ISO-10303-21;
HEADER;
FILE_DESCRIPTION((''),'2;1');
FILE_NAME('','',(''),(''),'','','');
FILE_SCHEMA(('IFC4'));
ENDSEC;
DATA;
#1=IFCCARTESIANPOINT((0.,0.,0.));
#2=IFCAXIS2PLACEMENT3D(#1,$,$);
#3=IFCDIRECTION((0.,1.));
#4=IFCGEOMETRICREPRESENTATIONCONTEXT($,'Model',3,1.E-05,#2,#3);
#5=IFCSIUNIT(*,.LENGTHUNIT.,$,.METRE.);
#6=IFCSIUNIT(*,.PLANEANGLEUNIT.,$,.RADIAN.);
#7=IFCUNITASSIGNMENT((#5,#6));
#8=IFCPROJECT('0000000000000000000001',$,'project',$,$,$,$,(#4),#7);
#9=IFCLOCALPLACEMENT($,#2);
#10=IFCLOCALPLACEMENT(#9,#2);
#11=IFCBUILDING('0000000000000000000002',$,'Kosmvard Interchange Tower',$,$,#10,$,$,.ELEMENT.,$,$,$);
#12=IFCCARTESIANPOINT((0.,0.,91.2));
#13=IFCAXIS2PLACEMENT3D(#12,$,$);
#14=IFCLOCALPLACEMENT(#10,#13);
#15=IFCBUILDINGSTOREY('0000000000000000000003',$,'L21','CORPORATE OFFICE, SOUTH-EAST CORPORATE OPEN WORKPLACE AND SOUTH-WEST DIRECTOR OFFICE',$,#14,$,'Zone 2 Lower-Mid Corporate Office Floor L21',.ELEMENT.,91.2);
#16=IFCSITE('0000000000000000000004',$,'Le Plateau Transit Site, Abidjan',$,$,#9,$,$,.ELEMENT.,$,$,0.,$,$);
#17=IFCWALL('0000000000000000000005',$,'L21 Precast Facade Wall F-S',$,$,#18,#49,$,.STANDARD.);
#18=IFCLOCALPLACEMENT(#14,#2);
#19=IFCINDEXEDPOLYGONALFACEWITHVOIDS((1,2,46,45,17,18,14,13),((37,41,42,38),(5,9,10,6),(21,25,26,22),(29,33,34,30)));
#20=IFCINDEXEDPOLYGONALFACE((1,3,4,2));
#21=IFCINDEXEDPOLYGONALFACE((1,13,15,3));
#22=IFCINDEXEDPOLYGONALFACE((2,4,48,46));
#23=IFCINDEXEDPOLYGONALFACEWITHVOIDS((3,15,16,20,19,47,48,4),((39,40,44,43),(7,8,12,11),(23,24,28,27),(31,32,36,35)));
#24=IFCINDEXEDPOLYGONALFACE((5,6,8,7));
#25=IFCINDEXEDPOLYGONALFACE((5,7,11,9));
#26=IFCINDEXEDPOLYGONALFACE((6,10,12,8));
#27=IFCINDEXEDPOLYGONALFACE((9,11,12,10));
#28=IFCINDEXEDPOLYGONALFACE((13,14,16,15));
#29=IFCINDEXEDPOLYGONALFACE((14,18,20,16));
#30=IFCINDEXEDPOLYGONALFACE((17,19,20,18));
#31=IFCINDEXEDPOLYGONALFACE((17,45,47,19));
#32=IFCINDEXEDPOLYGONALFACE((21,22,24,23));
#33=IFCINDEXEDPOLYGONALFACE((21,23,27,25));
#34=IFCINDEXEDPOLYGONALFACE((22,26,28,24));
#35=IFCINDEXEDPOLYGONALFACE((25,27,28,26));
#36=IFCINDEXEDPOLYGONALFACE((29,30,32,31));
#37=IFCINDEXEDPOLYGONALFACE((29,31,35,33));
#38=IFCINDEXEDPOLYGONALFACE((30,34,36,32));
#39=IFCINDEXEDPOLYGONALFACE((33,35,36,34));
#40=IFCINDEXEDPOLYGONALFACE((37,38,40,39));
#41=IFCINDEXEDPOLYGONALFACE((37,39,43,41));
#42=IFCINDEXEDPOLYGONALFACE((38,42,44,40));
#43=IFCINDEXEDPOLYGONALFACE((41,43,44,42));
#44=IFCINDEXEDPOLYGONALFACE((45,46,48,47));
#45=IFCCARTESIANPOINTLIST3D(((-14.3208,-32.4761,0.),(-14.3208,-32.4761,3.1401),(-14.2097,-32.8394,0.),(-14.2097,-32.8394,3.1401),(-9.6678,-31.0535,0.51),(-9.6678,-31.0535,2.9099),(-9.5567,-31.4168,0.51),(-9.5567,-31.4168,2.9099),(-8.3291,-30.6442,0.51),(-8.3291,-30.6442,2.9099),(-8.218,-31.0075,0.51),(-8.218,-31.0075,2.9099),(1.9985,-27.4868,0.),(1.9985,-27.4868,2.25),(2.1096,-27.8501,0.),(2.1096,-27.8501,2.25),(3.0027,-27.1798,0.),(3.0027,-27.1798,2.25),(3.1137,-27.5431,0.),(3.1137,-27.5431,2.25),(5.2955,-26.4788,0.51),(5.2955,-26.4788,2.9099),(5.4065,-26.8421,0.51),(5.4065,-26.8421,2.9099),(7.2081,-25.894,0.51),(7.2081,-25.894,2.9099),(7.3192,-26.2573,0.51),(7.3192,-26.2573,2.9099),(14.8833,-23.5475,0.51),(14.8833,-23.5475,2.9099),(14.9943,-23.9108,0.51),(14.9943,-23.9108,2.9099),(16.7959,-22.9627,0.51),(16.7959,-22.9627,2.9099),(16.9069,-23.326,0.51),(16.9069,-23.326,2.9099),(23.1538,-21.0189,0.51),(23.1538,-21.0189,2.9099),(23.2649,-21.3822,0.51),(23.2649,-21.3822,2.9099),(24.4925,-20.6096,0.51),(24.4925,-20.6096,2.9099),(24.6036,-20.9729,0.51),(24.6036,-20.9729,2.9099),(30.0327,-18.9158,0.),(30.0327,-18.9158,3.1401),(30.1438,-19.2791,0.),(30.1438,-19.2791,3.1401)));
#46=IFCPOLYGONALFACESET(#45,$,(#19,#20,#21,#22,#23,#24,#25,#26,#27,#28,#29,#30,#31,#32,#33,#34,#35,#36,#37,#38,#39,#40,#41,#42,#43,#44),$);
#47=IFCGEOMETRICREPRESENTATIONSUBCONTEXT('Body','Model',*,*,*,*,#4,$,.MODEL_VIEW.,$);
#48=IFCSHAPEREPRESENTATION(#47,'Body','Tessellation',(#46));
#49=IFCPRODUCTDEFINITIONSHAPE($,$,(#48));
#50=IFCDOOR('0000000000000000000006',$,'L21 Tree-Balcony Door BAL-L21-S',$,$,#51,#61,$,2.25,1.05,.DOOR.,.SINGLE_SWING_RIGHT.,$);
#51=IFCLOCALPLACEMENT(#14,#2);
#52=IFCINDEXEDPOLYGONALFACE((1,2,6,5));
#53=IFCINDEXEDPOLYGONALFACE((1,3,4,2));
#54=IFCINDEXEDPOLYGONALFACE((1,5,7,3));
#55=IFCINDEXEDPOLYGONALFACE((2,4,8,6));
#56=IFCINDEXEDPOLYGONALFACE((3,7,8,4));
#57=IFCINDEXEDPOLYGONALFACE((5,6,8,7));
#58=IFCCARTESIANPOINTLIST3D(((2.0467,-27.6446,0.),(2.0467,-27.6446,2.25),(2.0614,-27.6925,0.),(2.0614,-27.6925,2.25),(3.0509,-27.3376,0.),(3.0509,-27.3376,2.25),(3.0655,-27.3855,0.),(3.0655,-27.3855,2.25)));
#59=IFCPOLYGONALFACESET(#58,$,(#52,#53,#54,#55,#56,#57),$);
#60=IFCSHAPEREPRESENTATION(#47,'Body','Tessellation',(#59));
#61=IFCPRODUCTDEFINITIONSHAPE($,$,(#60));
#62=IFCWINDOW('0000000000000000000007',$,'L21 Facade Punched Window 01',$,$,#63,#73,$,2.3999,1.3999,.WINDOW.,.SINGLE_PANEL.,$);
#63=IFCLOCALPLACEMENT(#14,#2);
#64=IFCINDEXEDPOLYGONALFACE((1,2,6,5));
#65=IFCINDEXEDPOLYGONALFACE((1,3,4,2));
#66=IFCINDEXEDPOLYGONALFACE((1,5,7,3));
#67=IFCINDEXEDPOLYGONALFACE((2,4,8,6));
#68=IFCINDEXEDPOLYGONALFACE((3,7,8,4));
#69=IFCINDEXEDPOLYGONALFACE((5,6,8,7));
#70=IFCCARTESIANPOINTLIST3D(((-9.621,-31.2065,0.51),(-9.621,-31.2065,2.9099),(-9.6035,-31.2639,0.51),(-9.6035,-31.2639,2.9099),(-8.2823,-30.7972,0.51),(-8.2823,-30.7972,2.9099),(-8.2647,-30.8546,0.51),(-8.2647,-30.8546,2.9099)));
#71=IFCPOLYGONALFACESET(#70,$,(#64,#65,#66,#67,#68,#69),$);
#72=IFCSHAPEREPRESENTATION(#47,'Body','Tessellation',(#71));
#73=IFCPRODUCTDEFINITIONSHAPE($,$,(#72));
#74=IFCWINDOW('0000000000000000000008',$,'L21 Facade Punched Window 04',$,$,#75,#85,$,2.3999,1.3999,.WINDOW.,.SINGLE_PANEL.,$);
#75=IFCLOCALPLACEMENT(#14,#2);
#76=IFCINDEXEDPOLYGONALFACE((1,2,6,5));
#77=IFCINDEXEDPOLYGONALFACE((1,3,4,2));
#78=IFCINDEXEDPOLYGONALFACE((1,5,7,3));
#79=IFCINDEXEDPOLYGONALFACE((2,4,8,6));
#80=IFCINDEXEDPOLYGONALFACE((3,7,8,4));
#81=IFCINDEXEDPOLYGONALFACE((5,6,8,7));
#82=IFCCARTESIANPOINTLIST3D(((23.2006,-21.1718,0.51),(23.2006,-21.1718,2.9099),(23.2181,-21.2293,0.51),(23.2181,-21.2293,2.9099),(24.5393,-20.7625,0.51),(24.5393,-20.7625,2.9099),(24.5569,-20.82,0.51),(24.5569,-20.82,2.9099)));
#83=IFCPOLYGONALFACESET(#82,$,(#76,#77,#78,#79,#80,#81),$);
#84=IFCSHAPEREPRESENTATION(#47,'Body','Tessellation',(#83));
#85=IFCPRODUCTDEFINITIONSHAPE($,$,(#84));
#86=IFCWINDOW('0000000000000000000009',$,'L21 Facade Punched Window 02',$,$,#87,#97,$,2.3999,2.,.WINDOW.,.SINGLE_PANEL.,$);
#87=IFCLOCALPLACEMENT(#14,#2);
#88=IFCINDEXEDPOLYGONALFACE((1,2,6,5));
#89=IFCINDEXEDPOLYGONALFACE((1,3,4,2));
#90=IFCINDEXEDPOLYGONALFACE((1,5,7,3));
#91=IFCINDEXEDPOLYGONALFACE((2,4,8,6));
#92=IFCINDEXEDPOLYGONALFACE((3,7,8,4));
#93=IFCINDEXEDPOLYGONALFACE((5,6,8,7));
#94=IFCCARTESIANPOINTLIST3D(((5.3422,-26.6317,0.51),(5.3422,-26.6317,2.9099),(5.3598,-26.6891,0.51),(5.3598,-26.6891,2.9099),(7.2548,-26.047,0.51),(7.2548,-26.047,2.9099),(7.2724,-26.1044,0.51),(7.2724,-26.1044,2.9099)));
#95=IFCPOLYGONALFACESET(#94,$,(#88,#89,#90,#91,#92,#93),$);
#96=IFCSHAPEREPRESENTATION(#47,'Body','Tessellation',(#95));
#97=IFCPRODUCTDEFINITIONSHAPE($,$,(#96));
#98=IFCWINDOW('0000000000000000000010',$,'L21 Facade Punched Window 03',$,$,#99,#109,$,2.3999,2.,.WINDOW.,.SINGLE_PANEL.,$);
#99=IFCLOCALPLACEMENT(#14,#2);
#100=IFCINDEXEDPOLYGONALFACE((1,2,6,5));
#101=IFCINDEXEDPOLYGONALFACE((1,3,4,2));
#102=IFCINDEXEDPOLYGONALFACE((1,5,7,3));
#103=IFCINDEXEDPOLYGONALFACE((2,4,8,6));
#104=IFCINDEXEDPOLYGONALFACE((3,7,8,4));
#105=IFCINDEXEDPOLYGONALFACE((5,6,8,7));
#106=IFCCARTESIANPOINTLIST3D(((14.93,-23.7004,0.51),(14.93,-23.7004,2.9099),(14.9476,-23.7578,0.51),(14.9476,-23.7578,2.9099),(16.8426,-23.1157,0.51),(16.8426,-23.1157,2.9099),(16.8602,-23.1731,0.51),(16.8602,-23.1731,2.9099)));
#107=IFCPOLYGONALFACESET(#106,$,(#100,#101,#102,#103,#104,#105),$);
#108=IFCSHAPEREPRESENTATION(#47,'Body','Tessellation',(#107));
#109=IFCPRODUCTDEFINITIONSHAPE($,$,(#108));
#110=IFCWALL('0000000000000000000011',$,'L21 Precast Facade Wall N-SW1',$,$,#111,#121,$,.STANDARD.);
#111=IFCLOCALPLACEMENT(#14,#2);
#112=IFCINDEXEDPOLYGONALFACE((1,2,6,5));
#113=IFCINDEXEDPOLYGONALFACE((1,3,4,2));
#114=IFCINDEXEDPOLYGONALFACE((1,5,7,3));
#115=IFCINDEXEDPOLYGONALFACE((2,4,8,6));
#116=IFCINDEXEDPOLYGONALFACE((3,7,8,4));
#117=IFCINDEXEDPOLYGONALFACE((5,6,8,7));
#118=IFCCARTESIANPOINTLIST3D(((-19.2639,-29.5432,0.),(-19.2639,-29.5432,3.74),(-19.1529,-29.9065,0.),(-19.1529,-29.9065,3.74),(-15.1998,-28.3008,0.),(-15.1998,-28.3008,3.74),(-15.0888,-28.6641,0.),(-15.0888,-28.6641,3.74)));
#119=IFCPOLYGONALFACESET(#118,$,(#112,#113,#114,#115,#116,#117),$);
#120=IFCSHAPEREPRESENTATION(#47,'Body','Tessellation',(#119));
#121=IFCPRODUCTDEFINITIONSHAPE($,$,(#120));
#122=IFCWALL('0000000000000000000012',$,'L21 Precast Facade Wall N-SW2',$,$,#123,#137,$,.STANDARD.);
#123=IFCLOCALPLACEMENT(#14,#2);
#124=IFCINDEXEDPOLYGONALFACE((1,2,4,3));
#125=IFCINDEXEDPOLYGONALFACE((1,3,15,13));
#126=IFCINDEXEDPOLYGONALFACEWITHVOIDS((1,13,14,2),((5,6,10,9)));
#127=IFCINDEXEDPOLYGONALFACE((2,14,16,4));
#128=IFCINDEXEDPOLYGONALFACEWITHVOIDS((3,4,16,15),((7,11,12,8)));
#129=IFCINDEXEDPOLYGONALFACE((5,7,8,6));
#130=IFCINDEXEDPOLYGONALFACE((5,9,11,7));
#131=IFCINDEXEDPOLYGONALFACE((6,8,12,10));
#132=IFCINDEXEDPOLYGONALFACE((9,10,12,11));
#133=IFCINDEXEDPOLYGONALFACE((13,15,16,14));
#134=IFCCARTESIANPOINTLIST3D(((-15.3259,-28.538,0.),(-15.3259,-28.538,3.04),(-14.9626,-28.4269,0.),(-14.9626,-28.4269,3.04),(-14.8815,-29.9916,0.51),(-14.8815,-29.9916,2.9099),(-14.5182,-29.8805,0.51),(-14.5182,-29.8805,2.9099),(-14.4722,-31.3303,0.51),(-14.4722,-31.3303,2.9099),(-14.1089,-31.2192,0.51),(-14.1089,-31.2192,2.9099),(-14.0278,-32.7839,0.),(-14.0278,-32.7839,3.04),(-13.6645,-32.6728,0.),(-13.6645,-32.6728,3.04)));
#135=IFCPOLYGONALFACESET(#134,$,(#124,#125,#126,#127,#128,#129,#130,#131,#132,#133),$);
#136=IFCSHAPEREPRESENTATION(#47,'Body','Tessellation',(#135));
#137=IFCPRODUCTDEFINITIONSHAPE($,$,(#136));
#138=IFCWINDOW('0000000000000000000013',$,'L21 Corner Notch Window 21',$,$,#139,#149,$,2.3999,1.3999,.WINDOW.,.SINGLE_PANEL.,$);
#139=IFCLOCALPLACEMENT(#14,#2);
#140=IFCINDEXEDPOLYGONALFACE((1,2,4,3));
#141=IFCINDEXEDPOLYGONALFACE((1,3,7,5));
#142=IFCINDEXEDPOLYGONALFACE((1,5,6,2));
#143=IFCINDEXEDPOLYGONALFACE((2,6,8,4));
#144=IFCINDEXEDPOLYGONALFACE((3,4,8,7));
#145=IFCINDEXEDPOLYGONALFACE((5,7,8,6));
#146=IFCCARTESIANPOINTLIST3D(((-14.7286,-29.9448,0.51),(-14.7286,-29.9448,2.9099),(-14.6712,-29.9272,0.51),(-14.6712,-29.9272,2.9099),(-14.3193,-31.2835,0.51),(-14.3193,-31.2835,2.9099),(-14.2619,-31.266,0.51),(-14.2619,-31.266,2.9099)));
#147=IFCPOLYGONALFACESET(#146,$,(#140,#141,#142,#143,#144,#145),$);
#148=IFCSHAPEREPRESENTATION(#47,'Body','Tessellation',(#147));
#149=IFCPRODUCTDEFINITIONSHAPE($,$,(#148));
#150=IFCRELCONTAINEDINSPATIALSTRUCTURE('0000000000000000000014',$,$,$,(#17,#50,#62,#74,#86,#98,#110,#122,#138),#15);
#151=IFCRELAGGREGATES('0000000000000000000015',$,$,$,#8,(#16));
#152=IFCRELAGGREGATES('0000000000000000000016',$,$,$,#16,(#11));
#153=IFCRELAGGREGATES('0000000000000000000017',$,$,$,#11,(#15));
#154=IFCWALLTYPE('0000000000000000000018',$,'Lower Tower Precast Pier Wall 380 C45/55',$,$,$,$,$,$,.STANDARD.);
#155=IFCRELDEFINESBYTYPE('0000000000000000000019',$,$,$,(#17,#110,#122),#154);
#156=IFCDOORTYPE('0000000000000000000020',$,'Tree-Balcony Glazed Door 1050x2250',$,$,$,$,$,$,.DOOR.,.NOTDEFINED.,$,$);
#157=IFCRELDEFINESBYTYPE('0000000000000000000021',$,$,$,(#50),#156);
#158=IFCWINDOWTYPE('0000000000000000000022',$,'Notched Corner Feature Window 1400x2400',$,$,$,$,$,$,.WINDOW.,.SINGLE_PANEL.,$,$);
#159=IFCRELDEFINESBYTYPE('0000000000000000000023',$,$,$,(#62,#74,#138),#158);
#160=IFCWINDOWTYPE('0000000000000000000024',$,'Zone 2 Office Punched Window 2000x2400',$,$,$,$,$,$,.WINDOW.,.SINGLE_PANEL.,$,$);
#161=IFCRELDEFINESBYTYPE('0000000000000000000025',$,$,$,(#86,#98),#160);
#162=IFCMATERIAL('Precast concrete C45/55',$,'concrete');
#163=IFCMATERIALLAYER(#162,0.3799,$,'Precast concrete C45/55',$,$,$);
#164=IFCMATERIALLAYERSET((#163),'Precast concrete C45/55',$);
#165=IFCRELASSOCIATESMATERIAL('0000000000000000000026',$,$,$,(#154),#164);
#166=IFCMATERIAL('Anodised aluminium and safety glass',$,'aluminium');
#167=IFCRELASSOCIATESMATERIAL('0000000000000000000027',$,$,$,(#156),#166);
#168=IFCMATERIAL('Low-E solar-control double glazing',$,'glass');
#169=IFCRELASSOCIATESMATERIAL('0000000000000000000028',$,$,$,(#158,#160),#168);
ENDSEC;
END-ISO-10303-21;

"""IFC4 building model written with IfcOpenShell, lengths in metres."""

from ifc_helpers import new_model, si_unit, direction, frame, frame_2d, origin, place, context, subcontext, project, spatial, rectangle, extrude, source, transform, mapped, material, layer, layer_set, type_object, element, fill, save


model = new_model("IFC4")

# Units and contexts
model_context = context("Model", 3, precision=1e-05, world=origin(), true_north=direction((0.0, 1.0)))
body_context = subcontext(model_context, "Body", "Model", "MODEL_VIEW")
ifc_project = project(units=[si_unit("LENGTHUNIT", "METRE"), si_unit("PLANEANGLEUNIT", "RADIAN")], contexts=[model_context])

# Site, building, storey
site_placement = place(None, origin())
site = spatial("IfcSite", under=ifc_project, at=site_placement, Name="Le Plateau Transit Site, Abidjan", CompositionType="ELEMENT", RefElevation=0.0)
building_placement = place(site_placement, origin())
building = spatial("IfcBuilding", under=site, at=building_placement, Name="Kosmvard Interchange Tower", CompositionType="ELEMENT")
storey_placement = place(building_placement, frame((0.0, 0.0, 91.2)))
storey = spatial("IfcBuildingStorey", under=building, at=storey_placement, Name="L21", Description="CORPORATE OFFICE, SOUTH-EAST CORPORATE OPEN WORKPLACE AND SOUTH-WEST DIRECTOR OFFICE", LongName="Zone 2 Lower-Mid Corporate Office Floor L21", CompositionType="ELEMENT", Elevation=91.2)

# Shared definitions
ifc_material_1 = material(Name="Precast concrete C45/55", Category="concrete")

# Wall, openings, door, windows
ifc_layer_1 = layer(ifc_material_1, 0.3799, Name="Precast concrete C45/55")
ifc_layer_set_1 = layer_set([ifc_layer_1], Name="Precast concrete C45/55")
wall_type_1 = type_object("IfcWallType", Name="Lower Tower Precast Pier Wall 380 C45/55", PredefinedType="STANDARD", material=ifc_layer_set_1)
wall_1_placement = place(storey_placement, frame((-14.2651, -32.6577, 0.0), z_axis=(0.0, 0.0, 1.0), x_axis=(0.956304, 0.292373, 0.0)))
wall_1 = element("IfcWall", 1, at=wall_1_placement, inside=storey, type_object=wall_type_1, Name="L21 Precast Facade Wall F-S", PredefinedType="STANDARD", context=body_context, shape_type="SweptSolid", body=[
    extrude(rectangle(XDim=46.3801, YDim=0.3799, at=frame_2d((23.1899, 0.0))), origin(), (0.0, 0.0, 1.0), 3.1401),
])
opening_1_placement = place(wall_1_placement, frame((17.0649, 0.0, 0.0)))
opening_1 = element("IfcOpeningElement", 2, at=opening_1_placement, cuts=wall_1, PredefinedType="OPENING", context=body_context, shape_type="SweptSolid", body=[
    extrude(rectangle(XDim=1.05, YDim=2.25, at=frame_2d((0.5249, 1.125))), frame((0.0, 0.2, 0.0), z_axis=(0.0, -1.0, 0.0), x_axis=(1.0, 0.0, 0.0)), (0.0, 0.0, 1.0), 0.3999),
])
opening_2_placement = place(wall_1_placement, frame((4.8655, 0.0, 0.51)))
opening_2 = element("IfcOpeningElement", 3, at=opening_2_placement, cuts=wall_1, PredefinedType="OPENING", context=body_context, shape_type="SweptSolid", body=[
    extrude(rectangle(XDim=1.3999, YDim=2.3999, at=frame_2d((0.7, 1.2))), frame((0.0, 0.2, 0.0), z_axis=(0.0, -1.0, 0.0), x_axis=(1.0, 0.0, 0.0)), (0.0, 0.0, 1.0), 0.3999),
])
opening_3_placement = place(wall_1_placement, frame((20.5125, 0.0, 0.51)))
opening_3 = element("IfcOpeningElement", 4, at=opening_3_placement, cuts=wall_1, PredefinedType="OPENING", context=body_context, shape_type="SweptSolid", body=[
    extrude(rectangle(XDim=2.0, YDim=2.3999, at=frame_2d((1.0, 1.2))), frame((0.0, 0.2, 0.0), z_axis=(0.0, -1.0, 0.0), x_axis=(1.0, 0.0, 0.0)), (0.0, 0.0, 1.0), 0.3999),
])
opening_4_placement = place(wall_1_placement, frame((30.5383, 0.0, 0.51)))
opening_4 = element("IfcOpeningElement", 5, at=opening_4_placement, cuts=wall_1, PredefinedType="OPENING", context=body_context, shape_type="SweptSolid", body=[
    extrude(rectangle(XDim=2.0, YDim=2.3999, at=frame_2d((1.0, 1.2))), frame((0.0, 0.2, 0.0), z_axis=(0.0, -1.0, 0.0), x_axis=(1.0, 0.0, 0.0)), (0.0, 0.0, 1.0), 0.3999),
])
opening_5_placement = place(wall_1_placement, frame((39.1868, 0.0, 0.51)))
opening_5 = element("IfcOpeningElement", 6, at=opening_5_placement, cuts=wall_1, PredefinedType="OPENING", context=body_context, shape_type="SweptSolid", body=[
    extrude(rectangle(XDim=1.3999, YDim=2.3999, at=frame_2d((0.7, 1.2))), frame((0.0, 0.2, 0.0), z_axis=(0.0, -1.0, 0.0), x_axis=(1.0, 0.0, 0.0)), (0.0, 0.0, 1.0), 0.3999),
])
ifc_material_2 = material(Name="Anodised aluminium and safety glass", Category="aluminium")
door_type_1 = type_object("IfcDoorType", Name="Tree-Balcony Glazed Door 1050x2250", OperationType="NOTDEFINED", PredefinedType="DOOR", material=ifc_material_2)
shared_shape_1 = source(origin(), body_context, "Body", "SweptSolid", [
    extrude(rectangle(XDim=1.05, YDim=2.25, at=frame_2d((0.5249, 1.125))), frame((0.0, 0.0249, 0.0), z_axis=(0.0, -1.0, 0.0), x_axis=(1.0, 0.0, 0.0)), (0.0, 0.0, 1.0), 0.05),
])
door_1_placement = place(opening_1_placement, origin())
door_1 = element("IfcDoor", 7, at=door_1_placement, inside=storey, type_object=door_type_1, Name="L21 Tree-Balcony Door BAL-L21-S", OperationType="SINGLE_SWING_RIGHT", OverallHeight=2.25, OverallWidth=1.05, PredefinedType="DOOR", context=body_context, shape_type="MappedRepresentation", body=[
    mapped(shared_shape_1, transform((0.0, 0.0, 0.0), scale=1.0)),
])
fill(opening_1, door_1)
ifc_material_3 = material(Name="Low-E solar-control double glazing", Category="glass")
window_type_1 = type_object("IfcWindowType", Name="Notched Corner Feature Window 1400x2400", PartitioningType="SINGLE_PANEL", PredefinedType="WINDOW", material=ifc_material_3)
shared_shape_2 = source(origin(), body_context, "Body", "SweptSolid", [
    extrude(rectangle(XDim=1.3999, YDim=2.3999, at=frame_2d((0.7, 1.2))), frame((0.0, 0.03, 0.0), z_axis=(0.0, -1.0, 0.0), x_axis=(1.0, 0.0, 0.0)), (0.0, 0.0, 1.0), 0.0601),
])
window_1_placement = place(opening_2_placement, origin())
window_1 = element("IfcWindow", 8, at=window_1_placement, inside=storey, type_object=window_type_1, Name="L21 Facade Punched Window 01", OverallHeight=2.3999, OverallWidth=1.3999, PartitioningType="SINGLE_PANEL", PredefinedType="WINDOW", context=body_context, shape_type="MappedRepresentation", body=[
    mapped(shared_shape_2, transform((0.0, 0.0, 0.0), scale=1.0)),
])
fill(opening_2, window_1)
window_2_placement = place(opening_5_placement, origin())
window_2 = element("IfcWindow", 9, at=window_2_placement, inside=storey, type_object=window_type_1, Name="L21 Facade Punched Window 04", OverallHeight=2.3999, OverallWidth=1.3999, PartitioningType="SINGLE_PANEL", PredefinedType="WINDOW", context=body_context, shape_type="MappedRepresentation", body=[
    mapped(shared_shape_2, transform((0.0, 0.0, 0.0), scale=1.0)),
])
fill(opening_5, window_2)
window_type_2 = type_object("IfcWindowType", Name="Zone 2 Office Punched Window 2000x2400", PartitioningType="SINGLE_PANEL", PredefinedType="WINDOW", material=ifc_material_3)
shared_shape_3 = source(origin(), body_context, "Body", "SweptSolid", [
    extrude(rectangle(XDim=2.0, YDim=2.3999, at=frame_2d((1.0, 1.2))), frame((0.0, 0.03, 0.0), z_axis=(0.0, -1.0, 0.0), x_axis=(1.0, 0.0, 0.0)), (0.0, 0.0, 1.0), 0.0601),
])
window_3_placement = place(opening_3_placement, origin())
window_3 = element("IfcWindow", 10, at=window_3_placement, inside=storey, type_object=window_type_2, Name="L21 Facade Punched Window 02", OverallHeight=2.3999, OverallWidth=2.0, PartitioningType="SINGLE_PANEL", PredefinedType="WINDOW", context=body_context, shape_type="MappedRepresentation", body=[
    mapped(shared_shape_3, transform((0.0, 0.0, 0.0), scale=1.0)),
])
fill(opening_3, window_3)
window_4_placement = place(opening_4_placement, origin())
window_4 = element("IfcWindow", 11, at=window_4_placement, inside=storey, type_object=window_type_2, Name="L21 Facade Punched Window 03", OverallHeight=2.3999, OverallWidth=2.0, PartitioningType="SINGLE_PANEL", PredefinedType="WINDOW", context=body_context, shape_type="MappedRepresentation", body=[
    mapped(shared_shape_3, transform((0.0, 0.0, 0.0), scale=1.0)),
])
fill(opening_4, window_4)

# Wall
wall_2_placement = place(storey_placement, frame((-19.2085, -29.7249, 0.0), z_axis=(0.0, 0.0, 1.0), x_axis=(0.956313, 0.292346, 0.0)))
element("IfcWall", 12, at=wall_2_placement, inside=storey, type_object=wall_type_1, Name="L21 Precast Facade Wall N-SW1", PredefinedType="STANDARD", context=body_context, shape_type="SweptSolid", body=[
    extrude(rectangle(XDim=4.2498, YDim=0.3799, at=frame_2d((2.125, 0.0))), origin(), (0.0, 0.0, 1.0), 3.74),
])

# Wall, opening, window
wall_3_placement = place(storey_placement, frame((-15.1443, -28.4824, 0.0), z_axis=(0.0, 0.0, 1.0), x_axis=(0.292374, -0.956304, 0.0)))
wall_3 = element("IfcWall", 13, at=wall_3_placement, inside=storey, type_object=wall_type_1, Name="L21 Precast Facade Wall N-SW2", PredefinedType="STANDARD", context=body_context, shape_type="SweptSolid", body=[
    extrude(rectangle(XDim=4.4399, YDim=0.3799, at=frame_2d((2.22, 0.0))), origin(), (0.0, 0.0, 1.0), 3.04),
])
opening_6_placement = place(wall_3_placement, frame((1.52, 0.0, 0.51)))
opening_6 = element("IfcOpeningElement", 14, at=opening_6_placement, cuts=wall_3, PredefinedType="OPENING", context=body_context, shape_type="SweptSolid", body=[
    extrude(rectangle(XDim=1.3999, YDim=2.3999, at=frame_2d((0.7, 1.2))), frame((0.0, 0.2, 0.0), z_axis=(0.0, -1.0, 0.0), x_axis=(1.0, 0.0, 0.0)), (0.0, 0.0, 1.0), 0.3999),
])
window_5_placement = place(opening_6_placement, origin())
window_5 = element("IfcWindow", 15, at=window_5_placement, inside=storey, type_object=window_type_1, Name="L21 Corner Notch Window 21", OverallHeight=2.3999, OverallWidth=1.3999, PartitioningType="SINGLE_PANEL", PredefinedType="WINDOW", context=body_context, shape_type="MappedRepresentation", body=[
    mapped(shared_shape_2, transform((0.0, 0.0, 0.0), scale=1.0)),
])
fill(opening_6, window_5)

save(model, "model.ifc")
